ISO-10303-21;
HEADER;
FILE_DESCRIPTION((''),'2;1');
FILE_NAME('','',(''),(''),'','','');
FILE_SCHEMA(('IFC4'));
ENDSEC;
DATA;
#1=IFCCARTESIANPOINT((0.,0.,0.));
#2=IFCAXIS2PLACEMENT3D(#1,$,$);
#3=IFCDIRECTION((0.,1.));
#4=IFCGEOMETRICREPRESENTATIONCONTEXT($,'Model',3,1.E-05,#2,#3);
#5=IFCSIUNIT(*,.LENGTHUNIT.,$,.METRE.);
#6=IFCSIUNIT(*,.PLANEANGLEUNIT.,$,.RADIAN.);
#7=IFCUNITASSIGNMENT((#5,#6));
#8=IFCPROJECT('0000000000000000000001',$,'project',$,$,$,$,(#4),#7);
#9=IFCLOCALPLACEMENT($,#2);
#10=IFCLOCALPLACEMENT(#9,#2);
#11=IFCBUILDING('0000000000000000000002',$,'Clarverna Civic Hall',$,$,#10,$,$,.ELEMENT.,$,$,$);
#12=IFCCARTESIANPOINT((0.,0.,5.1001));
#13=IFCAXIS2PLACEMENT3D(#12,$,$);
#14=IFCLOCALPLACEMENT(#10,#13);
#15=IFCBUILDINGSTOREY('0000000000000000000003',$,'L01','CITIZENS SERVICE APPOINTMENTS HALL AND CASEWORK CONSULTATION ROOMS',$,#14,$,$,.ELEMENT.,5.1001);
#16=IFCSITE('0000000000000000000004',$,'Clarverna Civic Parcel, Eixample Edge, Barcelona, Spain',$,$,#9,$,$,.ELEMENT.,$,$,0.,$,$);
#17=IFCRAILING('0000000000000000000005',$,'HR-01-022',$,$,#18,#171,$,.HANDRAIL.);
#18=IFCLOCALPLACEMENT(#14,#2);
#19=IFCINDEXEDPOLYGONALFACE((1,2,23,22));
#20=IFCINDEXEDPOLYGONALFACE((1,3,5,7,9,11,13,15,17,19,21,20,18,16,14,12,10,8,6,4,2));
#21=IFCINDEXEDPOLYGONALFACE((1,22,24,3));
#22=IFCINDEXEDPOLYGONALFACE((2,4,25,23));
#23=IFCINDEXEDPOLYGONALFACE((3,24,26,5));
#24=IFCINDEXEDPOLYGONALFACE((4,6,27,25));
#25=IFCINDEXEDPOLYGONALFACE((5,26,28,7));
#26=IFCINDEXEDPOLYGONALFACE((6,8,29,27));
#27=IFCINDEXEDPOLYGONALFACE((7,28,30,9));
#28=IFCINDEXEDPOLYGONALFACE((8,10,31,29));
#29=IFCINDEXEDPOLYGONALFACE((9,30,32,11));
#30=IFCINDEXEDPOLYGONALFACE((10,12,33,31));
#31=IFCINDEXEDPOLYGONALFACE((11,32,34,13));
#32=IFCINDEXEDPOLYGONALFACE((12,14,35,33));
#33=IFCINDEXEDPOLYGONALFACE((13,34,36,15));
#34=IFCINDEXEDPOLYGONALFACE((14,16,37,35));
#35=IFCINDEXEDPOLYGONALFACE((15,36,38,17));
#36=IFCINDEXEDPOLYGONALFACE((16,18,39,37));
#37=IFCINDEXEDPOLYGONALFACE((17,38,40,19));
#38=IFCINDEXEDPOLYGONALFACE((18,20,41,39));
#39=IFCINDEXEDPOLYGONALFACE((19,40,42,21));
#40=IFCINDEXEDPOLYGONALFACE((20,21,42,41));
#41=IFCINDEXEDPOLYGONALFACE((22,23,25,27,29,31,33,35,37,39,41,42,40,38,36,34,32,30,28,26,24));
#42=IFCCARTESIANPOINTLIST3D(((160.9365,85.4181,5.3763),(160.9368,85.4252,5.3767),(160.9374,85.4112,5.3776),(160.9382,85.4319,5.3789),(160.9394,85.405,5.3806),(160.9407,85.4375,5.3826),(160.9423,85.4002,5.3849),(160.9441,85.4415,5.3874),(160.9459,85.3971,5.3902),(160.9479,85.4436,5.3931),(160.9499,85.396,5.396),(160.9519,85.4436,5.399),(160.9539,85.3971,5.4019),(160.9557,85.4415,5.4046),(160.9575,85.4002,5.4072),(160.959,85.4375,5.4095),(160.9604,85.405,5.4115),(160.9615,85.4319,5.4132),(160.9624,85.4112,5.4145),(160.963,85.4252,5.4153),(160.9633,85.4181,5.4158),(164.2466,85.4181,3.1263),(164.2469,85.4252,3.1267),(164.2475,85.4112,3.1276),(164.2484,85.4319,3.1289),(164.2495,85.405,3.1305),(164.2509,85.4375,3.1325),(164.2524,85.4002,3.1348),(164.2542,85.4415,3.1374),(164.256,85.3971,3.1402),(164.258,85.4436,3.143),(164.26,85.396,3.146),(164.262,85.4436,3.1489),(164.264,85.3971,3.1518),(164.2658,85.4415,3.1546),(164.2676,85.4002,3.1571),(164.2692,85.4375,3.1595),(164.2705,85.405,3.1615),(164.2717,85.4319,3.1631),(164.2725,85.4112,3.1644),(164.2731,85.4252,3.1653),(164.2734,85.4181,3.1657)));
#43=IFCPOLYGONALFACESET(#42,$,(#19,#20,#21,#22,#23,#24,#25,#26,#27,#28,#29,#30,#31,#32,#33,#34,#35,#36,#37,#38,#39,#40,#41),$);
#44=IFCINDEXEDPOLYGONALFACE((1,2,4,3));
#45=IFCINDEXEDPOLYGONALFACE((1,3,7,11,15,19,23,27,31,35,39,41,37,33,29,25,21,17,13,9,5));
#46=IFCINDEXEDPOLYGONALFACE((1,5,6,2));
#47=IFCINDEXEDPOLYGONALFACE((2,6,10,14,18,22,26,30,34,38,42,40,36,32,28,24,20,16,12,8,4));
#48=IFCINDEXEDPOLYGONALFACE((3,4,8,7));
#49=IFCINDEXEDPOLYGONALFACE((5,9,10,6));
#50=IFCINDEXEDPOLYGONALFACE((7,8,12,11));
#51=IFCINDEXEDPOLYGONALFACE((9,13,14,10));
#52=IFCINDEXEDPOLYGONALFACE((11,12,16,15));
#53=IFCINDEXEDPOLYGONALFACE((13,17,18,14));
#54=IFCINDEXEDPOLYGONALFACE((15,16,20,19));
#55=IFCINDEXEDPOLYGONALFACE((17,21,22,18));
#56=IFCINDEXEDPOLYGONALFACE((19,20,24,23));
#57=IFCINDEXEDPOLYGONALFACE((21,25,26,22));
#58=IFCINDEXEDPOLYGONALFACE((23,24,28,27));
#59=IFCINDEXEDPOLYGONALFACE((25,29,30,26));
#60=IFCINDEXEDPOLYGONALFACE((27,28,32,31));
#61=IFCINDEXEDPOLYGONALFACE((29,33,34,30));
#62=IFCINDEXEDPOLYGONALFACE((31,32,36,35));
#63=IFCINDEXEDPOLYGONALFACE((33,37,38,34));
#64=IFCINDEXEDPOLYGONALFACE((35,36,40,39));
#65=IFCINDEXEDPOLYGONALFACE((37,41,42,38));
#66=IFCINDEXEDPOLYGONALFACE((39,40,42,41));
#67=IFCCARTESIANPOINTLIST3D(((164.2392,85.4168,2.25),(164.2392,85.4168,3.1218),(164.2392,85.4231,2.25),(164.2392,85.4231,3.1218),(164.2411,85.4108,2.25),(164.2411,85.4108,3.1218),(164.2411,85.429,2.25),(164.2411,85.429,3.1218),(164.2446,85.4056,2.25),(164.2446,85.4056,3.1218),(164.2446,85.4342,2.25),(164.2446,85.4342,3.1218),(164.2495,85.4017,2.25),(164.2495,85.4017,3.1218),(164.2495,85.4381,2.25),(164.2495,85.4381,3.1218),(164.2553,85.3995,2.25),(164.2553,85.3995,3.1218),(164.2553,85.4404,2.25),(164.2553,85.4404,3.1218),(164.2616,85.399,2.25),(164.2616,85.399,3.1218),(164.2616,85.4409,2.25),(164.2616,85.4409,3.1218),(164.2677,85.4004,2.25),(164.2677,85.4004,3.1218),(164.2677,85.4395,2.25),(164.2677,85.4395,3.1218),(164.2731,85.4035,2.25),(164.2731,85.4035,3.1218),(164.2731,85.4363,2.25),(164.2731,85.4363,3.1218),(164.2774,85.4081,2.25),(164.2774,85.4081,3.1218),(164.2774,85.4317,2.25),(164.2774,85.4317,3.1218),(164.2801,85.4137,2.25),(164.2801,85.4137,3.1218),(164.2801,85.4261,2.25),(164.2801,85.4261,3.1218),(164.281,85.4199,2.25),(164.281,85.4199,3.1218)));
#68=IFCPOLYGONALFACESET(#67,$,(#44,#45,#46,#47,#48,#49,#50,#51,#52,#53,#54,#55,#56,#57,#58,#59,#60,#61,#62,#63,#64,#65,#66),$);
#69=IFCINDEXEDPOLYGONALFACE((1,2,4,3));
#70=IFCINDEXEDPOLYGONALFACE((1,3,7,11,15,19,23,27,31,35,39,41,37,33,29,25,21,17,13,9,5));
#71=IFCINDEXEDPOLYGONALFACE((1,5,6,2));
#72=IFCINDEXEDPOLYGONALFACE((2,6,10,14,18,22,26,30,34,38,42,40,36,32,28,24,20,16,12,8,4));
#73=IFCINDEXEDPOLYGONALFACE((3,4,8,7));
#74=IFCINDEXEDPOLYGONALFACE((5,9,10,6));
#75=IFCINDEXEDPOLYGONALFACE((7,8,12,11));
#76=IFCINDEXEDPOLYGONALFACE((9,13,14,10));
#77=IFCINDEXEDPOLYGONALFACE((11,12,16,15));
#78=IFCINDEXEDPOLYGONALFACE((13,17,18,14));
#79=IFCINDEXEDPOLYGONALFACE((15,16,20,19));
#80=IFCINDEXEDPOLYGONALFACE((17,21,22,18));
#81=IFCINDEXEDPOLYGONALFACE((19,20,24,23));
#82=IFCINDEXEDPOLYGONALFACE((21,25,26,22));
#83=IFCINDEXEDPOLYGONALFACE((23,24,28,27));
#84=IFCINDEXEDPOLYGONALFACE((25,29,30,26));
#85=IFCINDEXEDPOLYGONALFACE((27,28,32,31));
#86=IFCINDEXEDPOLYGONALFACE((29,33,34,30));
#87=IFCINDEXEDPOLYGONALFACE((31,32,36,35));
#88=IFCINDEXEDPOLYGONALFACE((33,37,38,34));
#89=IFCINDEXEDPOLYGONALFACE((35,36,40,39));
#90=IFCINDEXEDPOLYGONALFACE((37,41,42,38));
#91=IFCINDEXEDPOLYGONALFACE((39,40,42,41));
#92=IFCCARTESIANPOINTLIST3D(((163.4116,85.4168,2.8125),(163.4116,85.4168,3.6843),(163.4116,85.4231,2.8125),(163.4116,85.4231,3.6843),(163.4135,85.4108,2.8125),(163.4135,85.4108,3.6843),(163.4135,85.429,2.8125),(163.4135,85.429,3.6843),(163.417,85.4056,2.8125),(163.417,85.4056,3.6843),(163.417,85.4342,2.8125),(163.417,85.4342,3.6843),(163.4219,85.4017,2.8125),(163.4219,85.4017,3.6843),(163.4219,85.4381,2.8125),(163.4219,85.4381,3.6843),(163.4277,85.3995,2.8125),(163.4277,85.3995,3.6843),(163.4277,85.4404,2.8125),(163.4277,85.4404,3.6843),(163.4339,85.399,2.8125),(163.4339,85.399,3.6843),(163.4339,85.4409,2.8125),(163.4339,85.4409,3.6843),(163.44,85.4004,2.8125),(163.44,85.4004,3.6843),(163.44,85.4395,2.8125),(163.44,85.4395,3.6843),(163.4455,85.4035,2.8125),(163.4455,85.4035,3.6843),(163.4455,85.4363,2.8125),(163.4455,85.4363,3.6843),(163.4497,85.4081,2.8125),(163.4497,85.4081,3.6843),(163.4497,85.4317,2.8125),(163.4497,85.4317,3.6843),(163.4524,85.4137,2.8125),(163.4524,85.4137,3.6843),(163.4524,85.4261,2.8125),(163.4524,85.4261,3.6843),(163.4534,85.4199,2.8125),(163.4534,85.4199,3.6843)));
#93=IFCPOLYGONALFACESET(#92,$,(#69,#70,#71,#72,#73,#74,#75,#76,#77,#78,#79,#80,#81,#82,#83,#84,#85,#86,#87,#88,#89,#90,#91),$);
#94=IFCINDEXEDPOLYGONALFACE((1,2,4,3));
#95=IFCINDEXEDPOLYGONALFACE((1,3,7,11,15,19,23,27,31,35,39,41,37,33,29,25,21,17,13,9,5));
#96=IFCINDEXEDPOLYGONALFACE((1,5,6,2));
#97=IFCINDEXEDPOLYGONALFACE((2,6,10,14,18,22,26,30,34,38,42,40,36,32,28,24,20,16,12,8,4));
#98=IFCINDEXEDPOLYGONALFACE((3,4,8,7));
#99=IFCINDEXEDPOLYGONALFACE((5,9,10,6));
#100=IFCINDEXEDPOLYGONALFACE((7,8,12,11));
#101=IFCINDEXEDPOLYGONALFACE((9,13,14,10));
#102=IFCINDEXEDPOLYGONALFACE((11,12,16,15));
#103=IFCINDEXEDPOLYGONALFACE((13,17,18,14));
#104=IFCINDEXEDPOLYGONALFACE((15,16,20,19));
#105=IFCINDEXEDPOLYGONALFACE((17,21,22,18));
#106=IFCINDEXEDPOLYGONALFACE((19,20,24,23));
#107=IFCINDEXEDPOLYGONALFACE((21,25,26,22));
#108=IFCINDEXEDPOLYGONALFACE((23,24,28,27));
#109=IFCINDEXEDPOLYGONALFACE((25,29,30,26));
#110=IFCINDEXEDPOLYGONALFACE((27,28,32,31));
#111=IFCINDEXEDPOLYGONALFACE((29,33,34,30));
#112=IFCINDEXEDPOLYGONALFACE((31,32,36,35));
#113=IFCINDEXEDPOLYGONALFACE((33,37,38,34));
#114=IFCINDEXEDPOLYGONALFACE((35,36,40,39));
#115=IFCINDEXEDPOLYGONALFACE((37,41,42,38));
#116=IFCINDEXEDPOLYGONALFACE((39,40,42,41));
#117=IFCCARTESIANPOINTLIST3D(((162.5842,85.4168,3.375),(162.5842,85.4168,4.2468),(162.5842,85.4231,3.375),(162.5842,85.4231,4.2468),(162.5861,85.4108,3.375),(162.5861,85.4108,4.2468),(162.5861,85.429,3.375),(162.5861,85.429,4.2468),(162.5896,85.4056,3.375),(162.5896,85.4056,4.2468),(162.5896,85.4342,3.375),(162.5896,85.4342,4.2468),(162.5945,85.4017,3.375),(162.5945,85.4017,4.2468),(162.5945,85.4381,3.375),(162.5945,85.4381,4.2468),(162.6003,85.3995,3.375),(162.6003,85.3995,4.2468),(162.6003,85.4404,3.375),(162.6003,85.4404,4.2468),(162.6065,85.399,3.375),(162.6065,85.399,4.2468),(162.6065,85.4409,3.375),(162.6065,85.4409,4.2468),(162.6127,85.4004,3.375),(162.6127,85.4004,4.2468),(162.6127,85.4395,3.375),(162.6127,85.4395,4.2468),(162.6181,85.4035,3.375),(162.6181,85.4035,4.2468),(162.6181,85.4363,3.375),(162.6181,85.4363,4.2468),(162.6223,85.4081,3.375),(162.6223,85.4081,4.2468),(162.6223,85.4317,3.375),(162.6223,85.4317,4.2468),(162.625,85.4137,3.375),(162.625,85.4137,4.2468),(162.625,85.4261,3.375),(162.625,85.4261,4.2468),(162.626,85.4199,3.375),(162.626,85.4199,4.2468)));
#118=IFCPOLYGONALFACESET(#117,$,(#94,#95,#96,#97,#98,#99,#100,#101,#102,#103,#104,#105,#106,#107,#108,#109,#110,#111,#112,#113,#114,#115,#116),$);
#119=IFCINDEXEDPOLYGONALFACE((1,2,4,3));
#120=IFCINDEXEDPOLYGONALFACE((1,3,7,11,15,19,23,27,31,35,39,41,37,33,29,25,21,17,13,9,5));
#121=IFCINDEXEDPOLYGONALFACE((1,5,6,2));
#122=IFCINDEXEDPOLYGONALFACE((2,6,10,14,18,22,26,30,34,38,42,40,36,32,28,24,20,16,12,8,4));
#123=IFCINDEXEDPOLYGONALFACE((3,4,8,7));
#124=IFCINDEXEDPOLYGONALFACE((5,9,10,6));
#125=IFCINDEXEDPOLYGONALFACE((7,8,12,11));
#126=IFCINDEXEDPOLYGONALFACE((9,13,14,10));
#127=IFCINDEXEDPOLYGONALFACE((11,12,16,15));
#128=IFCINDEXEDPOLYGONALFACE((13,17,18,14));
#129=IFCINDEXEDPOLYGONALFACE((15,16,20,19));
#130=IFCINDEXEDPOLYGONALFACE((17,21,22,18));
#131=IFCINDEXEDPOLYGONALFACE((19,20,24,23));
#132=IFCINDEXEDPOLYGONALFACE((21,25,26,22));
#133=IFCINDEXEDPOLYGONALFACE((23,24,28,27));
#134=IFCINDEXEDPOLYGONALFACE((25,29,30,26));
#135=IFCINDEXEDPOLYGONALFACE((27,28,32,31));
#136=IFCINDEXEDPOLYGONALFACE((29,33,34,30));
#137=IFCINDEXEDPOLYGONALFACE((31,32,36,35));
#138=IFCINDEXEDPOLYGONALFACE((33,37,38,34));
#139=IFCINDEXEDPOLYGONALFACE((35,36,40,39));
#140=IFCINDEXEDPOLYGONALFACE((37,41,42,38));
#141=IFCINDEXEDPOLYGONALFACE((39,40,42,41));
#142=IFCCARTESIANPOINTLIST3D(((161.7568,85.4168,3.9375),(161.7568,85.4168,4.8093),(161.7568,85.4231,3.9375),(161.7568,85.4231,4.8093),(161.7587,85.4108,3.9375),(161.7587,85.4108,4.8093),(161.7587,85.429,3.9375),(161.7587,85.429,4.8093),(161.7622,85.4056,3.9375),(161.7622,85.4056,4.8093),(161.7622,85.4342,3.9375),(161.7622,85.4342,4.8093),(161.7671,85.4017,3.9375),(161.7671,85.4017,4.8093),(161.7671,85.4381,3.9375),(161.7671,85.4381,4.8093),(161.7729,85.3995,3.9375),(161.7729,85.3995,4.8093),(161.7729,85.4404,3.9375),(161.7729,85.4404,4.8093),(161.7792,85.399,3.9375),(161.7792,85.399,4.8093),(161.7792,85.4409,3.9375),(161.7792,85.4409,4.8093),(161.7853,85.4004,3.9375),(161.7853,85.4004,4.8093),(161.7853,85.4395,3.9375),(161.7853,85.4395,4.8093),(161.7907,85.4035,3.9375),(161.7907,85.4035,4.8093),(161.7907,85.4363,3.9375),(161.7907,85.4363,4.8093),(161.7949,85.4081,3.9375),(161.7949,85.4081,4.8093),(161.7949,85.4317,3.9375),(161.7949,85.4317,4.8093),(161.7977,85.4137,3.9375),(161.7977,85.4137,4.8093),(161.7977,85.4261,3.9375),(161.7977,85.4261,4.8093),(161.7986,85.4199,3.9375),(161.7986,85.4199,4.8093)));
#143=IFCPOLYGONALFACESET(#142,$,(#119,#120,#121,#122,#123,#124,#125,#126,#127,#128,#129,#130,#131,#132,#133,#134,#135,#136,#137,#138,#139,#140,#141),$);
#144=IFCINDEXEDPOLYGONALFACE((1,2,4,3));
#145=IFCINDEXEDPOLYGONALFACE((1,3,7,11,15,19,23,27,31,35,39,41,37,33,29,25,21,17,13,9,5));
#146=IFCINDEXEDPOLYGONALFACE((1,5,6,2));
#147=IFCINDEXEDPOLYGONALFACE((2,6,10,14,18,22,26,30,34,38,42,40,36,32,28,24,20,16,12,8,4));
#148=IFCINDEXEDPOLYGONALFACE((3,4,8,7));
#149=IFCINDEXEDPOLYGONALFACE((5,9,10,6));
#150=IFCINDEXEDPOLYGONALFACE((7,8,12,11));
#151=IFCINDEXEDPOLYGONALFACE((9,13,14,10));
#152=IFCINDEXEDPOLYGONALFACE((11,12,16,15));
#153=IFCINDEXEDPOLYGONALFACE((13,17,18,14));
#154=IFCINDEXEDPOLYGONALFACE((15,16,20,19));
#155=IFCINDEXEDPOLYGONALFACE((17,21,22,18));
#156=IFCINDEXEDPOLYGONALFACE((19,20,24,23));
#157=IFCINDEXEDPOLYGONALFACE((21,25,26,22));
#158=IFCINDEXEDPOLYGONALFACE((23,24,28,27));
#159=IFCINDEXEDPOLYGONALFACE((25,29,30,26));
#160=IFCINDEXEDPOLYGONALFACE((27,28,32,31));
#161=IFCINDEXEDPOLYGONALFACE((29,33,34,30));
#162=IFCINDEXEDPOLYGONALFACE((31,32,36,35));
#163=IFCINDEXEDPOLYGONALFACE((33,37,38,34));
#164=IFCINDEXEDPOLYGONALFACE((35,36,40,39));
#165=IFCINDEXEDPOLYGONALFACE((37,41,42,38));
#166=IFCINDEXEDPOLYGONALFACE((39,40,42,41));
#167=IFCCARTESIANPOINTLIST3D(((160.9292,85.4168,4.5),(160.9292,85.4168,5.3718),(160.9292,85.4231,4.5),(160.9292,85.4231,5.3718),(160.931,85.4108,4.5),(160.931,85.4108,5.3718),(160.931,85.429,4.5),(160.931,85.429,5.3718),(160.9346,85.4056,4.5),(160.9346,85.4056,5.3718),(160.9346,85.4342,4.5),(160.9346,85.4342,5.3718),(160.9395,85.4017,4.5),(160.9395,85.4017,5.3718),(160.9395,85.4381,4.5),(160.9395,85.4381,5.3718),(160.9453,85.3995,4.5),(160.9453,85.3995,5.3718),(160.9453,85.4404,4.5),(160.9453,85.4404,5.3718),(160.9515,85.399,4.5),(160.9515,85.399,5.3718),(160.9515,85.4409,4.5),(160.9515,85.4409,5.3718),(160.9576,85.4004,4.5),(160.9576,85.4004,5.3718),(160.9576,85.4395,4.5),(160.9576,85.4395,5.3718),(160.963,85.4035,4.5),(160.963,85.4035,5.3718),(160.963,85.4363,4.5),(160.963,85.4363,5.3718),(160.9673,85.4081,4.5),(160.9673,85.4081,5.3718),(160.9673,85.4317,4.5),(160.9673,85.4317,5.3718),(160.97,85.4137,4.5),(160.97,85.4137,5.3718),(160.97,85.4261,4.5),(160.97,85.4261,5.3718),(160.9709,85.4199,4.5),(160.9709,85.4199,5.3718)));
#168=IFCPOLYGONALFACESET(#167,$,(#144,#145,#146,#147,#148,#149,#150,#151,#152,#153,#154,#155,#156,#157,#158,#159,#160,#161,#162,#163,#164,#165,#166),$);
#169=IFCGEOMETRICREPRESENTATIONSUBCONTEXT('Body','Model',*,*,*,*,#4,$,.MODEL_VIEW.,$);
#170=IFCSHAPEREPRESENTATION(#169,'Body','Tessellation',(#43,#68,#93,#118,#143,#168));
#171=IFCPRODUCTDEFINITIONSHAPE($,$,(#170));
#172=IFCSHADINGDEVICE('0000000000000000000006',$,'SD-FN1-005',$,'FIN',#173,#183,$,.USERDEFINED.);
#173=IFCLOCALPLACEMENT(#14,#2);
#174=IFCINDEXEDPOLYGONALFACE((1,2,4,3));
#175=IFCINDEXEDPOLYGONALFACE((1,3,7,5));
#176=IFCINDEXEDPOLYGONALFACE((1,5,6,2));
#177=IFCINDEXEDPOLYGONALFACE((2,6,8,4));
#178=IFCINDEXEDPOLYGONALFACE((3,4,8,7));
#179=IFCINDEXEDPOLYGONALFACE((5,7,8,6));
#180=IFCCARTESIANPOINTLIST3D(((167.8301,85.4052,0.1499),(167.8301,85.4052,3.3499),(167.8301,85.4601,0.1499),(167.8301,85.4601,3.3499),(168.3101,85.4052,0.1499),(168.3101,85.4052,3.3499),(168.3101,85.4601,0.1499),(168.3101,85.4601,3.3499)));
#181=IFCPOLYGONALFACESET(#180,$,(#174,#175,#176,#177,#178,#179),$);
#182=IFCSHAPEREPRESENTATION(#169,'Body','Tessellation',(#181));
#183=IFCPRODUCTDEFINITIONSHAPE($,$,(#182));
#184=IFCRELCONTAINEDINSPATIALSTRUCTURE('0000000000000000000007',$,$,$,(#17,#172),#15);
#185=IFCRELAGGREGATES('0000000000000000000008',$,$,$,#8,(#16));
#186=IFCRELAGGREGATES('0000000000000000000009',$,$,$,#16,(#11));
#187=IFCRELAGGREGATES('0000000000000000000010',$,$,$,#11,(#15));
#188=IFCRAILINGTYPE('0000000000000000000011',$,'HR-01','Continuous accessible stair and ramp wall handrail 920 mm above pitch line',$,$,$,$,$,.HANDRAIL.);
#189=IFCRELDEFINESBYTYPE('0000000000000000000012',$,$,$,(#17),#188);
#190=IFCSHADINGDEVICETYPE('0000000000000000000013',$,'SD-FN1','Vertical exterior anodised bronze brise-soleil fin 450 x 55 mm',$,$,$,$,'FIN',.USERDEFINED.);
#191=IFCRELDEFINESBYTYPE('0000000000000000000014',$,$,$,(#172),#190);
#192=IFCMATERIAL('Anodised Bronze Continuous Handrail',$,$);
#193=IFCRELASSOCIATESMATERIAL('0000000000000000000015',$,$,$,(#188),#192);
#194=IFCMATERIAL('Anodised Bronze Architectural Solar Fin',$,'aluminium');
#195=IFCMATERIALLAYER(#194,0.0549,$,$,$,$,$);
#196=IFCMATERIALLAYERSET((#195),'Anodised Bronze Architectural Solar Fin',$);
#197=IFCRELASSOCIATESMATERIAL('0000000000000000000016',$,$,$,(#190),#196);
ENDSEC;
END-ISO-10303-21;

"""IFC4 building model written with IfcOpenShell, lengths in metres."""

from ifc_helpers import new_model, si_unit, direction, frame, frame_2d, origin, origin_2d, place, context, subcontext, project, spatial, rectangle, circle, extrude, material, layer, layer_set, type_object, element, save


model = new_model("IFC4")

# Units and contexts
model_context = context("Model", 3, precision=1e-05, world=origin(), true_north=direction((0.0, 1.0)))
body_context = subcontext(model_context, "Body", "Model", "MODEL_VIEW")
ifc_project = project(units=[si_unit("LENGTHUNIT", "METRE"), si_unit("PLANEANGLEUNIT", "RADIAN")], contexts=[model_context])

# Site, building, storey
site_placement = place(None, origin())
site = spatial("IfcSite", under=ifc_project, at=site_placement, Name="Clarverna Civic Parcel, Eixample Edge, Barcelona, Spain", CompositionType="ELEMENT", RefElevation=0.0)
building_placement = place(site_placement, origin())
building = spatial("IfcBuilding", under=site, at=building_placement, Name="Clarverna Civic Hall", CompositionType="ELEMENT")
storey_placement = place(building_placement, frame((0.0, 0.0, 5.1001)))
storey = spatial("IfcBuildingStorey", under=building, at=storey_placement, Name="L01", Description="CITIZENS SERVICE APPOINTMENTS HALL AND CASEWORK CONSULTATION ROOMS", CompositionType="ELEMENT", Elevation=5.1001)

# Railing
ifc_material_1 = material(Name="Anodised Bronze Continuous Handrail")
railing_type = type_object("IfcRailingType", Name="HR-01", Description="Continuous accessible stair and ramp wall handrail 920 mm above pitch line", PredefinedType="HANDRAIL", material=ifc_material_1)
railing_placement = place(storey_placement, frame((164.26, 85.4199, 2.25)))
element("IfcRailing", 1, at=railing_placement, inside=storey, type_object=railing_type, Name="HR-01-022", PredefinedType="HANDRAIL", context=body_context, shape_type="SweptSolid", body=[
    extrude(circle(Radius=0.0239, at=origin_2d()), frame((0.0, 0.0, 0.896), z_axis=(-0.827024, 0.0, 0.562167), x_axis=(0.0, -1.0, 0.0)), (0.0, 0.0, 1.0), 4.0024),
    extrude(circle(Radius=0.021, at=origin_2d()), origin(), (0.0, 0.0, 1.0), 0.8718),
    extrude(circle(Radius=0.021, at=origin_2d()), frame((-0.8276, 0.0, 0.5625)), (0.0, 0.0, 1.0), 0.8718),
    extrude(circle(Radius=0.021, at=origin_2d()), frame((-1.655, 0.0, 1.125)), (0.0, 0.0, 1.0), 0.8718),
    extrude(circle(Radius=0.021, at=origin_2d()), frame((-2.4824, 0.0, 1.6875)), (0.0, 0.0, 1.0), 0.8718),
    extrude(circle(Radius=0.021, at=origin_2d()), frame((-3.3101, 0.0, 2.25)), (0.0, 0.0, 1.0), 0.8718),
])

# Shading device
ifc_material_2 = material(Name="Anodised Bronze Architectural Solar Fin", Category="aluminium")
ifc_layer_1 = layer(ifc_material_2, 0.0549)
ifc_layer_set_1 = layer_set([ifc_layer_1], Name="Anodised Bronze Architectural Solar Fin")
shading_device_type = type_object("IfcShadingDeviceType", Name="SD-FN1", Description="Vertical exterior anodised bronze brise-soleil fin 450 x 55 mm", ElementType="FIN", PredefinedType="USERDEFINED", material=ifc_layer_set_1)
shading_device_placement = place(storey_placement, frame((167.8301, 85.4326, 0.1499), z_axis=(0.0, 0.0, 1.0), x_axis=(1.0, 0.0, 0.0)))
element("IfcShadingDevice", 2, at=shading_device_placement, inside=storey, type_object=shading_device_type, Name="SD-FN1-005", ObjectType="FIN", PredefinedType="USERDEFINED", context=body_context, shape_type="SweptSolid", body=[
    extrude(rectangle(XDim=0.48, YDim=0.0549, at=frame_2d((0.24, 0.0))), origin(), (0.0, 0.0, 1.0), 3.2),
])

save(model, "model.ifc")
